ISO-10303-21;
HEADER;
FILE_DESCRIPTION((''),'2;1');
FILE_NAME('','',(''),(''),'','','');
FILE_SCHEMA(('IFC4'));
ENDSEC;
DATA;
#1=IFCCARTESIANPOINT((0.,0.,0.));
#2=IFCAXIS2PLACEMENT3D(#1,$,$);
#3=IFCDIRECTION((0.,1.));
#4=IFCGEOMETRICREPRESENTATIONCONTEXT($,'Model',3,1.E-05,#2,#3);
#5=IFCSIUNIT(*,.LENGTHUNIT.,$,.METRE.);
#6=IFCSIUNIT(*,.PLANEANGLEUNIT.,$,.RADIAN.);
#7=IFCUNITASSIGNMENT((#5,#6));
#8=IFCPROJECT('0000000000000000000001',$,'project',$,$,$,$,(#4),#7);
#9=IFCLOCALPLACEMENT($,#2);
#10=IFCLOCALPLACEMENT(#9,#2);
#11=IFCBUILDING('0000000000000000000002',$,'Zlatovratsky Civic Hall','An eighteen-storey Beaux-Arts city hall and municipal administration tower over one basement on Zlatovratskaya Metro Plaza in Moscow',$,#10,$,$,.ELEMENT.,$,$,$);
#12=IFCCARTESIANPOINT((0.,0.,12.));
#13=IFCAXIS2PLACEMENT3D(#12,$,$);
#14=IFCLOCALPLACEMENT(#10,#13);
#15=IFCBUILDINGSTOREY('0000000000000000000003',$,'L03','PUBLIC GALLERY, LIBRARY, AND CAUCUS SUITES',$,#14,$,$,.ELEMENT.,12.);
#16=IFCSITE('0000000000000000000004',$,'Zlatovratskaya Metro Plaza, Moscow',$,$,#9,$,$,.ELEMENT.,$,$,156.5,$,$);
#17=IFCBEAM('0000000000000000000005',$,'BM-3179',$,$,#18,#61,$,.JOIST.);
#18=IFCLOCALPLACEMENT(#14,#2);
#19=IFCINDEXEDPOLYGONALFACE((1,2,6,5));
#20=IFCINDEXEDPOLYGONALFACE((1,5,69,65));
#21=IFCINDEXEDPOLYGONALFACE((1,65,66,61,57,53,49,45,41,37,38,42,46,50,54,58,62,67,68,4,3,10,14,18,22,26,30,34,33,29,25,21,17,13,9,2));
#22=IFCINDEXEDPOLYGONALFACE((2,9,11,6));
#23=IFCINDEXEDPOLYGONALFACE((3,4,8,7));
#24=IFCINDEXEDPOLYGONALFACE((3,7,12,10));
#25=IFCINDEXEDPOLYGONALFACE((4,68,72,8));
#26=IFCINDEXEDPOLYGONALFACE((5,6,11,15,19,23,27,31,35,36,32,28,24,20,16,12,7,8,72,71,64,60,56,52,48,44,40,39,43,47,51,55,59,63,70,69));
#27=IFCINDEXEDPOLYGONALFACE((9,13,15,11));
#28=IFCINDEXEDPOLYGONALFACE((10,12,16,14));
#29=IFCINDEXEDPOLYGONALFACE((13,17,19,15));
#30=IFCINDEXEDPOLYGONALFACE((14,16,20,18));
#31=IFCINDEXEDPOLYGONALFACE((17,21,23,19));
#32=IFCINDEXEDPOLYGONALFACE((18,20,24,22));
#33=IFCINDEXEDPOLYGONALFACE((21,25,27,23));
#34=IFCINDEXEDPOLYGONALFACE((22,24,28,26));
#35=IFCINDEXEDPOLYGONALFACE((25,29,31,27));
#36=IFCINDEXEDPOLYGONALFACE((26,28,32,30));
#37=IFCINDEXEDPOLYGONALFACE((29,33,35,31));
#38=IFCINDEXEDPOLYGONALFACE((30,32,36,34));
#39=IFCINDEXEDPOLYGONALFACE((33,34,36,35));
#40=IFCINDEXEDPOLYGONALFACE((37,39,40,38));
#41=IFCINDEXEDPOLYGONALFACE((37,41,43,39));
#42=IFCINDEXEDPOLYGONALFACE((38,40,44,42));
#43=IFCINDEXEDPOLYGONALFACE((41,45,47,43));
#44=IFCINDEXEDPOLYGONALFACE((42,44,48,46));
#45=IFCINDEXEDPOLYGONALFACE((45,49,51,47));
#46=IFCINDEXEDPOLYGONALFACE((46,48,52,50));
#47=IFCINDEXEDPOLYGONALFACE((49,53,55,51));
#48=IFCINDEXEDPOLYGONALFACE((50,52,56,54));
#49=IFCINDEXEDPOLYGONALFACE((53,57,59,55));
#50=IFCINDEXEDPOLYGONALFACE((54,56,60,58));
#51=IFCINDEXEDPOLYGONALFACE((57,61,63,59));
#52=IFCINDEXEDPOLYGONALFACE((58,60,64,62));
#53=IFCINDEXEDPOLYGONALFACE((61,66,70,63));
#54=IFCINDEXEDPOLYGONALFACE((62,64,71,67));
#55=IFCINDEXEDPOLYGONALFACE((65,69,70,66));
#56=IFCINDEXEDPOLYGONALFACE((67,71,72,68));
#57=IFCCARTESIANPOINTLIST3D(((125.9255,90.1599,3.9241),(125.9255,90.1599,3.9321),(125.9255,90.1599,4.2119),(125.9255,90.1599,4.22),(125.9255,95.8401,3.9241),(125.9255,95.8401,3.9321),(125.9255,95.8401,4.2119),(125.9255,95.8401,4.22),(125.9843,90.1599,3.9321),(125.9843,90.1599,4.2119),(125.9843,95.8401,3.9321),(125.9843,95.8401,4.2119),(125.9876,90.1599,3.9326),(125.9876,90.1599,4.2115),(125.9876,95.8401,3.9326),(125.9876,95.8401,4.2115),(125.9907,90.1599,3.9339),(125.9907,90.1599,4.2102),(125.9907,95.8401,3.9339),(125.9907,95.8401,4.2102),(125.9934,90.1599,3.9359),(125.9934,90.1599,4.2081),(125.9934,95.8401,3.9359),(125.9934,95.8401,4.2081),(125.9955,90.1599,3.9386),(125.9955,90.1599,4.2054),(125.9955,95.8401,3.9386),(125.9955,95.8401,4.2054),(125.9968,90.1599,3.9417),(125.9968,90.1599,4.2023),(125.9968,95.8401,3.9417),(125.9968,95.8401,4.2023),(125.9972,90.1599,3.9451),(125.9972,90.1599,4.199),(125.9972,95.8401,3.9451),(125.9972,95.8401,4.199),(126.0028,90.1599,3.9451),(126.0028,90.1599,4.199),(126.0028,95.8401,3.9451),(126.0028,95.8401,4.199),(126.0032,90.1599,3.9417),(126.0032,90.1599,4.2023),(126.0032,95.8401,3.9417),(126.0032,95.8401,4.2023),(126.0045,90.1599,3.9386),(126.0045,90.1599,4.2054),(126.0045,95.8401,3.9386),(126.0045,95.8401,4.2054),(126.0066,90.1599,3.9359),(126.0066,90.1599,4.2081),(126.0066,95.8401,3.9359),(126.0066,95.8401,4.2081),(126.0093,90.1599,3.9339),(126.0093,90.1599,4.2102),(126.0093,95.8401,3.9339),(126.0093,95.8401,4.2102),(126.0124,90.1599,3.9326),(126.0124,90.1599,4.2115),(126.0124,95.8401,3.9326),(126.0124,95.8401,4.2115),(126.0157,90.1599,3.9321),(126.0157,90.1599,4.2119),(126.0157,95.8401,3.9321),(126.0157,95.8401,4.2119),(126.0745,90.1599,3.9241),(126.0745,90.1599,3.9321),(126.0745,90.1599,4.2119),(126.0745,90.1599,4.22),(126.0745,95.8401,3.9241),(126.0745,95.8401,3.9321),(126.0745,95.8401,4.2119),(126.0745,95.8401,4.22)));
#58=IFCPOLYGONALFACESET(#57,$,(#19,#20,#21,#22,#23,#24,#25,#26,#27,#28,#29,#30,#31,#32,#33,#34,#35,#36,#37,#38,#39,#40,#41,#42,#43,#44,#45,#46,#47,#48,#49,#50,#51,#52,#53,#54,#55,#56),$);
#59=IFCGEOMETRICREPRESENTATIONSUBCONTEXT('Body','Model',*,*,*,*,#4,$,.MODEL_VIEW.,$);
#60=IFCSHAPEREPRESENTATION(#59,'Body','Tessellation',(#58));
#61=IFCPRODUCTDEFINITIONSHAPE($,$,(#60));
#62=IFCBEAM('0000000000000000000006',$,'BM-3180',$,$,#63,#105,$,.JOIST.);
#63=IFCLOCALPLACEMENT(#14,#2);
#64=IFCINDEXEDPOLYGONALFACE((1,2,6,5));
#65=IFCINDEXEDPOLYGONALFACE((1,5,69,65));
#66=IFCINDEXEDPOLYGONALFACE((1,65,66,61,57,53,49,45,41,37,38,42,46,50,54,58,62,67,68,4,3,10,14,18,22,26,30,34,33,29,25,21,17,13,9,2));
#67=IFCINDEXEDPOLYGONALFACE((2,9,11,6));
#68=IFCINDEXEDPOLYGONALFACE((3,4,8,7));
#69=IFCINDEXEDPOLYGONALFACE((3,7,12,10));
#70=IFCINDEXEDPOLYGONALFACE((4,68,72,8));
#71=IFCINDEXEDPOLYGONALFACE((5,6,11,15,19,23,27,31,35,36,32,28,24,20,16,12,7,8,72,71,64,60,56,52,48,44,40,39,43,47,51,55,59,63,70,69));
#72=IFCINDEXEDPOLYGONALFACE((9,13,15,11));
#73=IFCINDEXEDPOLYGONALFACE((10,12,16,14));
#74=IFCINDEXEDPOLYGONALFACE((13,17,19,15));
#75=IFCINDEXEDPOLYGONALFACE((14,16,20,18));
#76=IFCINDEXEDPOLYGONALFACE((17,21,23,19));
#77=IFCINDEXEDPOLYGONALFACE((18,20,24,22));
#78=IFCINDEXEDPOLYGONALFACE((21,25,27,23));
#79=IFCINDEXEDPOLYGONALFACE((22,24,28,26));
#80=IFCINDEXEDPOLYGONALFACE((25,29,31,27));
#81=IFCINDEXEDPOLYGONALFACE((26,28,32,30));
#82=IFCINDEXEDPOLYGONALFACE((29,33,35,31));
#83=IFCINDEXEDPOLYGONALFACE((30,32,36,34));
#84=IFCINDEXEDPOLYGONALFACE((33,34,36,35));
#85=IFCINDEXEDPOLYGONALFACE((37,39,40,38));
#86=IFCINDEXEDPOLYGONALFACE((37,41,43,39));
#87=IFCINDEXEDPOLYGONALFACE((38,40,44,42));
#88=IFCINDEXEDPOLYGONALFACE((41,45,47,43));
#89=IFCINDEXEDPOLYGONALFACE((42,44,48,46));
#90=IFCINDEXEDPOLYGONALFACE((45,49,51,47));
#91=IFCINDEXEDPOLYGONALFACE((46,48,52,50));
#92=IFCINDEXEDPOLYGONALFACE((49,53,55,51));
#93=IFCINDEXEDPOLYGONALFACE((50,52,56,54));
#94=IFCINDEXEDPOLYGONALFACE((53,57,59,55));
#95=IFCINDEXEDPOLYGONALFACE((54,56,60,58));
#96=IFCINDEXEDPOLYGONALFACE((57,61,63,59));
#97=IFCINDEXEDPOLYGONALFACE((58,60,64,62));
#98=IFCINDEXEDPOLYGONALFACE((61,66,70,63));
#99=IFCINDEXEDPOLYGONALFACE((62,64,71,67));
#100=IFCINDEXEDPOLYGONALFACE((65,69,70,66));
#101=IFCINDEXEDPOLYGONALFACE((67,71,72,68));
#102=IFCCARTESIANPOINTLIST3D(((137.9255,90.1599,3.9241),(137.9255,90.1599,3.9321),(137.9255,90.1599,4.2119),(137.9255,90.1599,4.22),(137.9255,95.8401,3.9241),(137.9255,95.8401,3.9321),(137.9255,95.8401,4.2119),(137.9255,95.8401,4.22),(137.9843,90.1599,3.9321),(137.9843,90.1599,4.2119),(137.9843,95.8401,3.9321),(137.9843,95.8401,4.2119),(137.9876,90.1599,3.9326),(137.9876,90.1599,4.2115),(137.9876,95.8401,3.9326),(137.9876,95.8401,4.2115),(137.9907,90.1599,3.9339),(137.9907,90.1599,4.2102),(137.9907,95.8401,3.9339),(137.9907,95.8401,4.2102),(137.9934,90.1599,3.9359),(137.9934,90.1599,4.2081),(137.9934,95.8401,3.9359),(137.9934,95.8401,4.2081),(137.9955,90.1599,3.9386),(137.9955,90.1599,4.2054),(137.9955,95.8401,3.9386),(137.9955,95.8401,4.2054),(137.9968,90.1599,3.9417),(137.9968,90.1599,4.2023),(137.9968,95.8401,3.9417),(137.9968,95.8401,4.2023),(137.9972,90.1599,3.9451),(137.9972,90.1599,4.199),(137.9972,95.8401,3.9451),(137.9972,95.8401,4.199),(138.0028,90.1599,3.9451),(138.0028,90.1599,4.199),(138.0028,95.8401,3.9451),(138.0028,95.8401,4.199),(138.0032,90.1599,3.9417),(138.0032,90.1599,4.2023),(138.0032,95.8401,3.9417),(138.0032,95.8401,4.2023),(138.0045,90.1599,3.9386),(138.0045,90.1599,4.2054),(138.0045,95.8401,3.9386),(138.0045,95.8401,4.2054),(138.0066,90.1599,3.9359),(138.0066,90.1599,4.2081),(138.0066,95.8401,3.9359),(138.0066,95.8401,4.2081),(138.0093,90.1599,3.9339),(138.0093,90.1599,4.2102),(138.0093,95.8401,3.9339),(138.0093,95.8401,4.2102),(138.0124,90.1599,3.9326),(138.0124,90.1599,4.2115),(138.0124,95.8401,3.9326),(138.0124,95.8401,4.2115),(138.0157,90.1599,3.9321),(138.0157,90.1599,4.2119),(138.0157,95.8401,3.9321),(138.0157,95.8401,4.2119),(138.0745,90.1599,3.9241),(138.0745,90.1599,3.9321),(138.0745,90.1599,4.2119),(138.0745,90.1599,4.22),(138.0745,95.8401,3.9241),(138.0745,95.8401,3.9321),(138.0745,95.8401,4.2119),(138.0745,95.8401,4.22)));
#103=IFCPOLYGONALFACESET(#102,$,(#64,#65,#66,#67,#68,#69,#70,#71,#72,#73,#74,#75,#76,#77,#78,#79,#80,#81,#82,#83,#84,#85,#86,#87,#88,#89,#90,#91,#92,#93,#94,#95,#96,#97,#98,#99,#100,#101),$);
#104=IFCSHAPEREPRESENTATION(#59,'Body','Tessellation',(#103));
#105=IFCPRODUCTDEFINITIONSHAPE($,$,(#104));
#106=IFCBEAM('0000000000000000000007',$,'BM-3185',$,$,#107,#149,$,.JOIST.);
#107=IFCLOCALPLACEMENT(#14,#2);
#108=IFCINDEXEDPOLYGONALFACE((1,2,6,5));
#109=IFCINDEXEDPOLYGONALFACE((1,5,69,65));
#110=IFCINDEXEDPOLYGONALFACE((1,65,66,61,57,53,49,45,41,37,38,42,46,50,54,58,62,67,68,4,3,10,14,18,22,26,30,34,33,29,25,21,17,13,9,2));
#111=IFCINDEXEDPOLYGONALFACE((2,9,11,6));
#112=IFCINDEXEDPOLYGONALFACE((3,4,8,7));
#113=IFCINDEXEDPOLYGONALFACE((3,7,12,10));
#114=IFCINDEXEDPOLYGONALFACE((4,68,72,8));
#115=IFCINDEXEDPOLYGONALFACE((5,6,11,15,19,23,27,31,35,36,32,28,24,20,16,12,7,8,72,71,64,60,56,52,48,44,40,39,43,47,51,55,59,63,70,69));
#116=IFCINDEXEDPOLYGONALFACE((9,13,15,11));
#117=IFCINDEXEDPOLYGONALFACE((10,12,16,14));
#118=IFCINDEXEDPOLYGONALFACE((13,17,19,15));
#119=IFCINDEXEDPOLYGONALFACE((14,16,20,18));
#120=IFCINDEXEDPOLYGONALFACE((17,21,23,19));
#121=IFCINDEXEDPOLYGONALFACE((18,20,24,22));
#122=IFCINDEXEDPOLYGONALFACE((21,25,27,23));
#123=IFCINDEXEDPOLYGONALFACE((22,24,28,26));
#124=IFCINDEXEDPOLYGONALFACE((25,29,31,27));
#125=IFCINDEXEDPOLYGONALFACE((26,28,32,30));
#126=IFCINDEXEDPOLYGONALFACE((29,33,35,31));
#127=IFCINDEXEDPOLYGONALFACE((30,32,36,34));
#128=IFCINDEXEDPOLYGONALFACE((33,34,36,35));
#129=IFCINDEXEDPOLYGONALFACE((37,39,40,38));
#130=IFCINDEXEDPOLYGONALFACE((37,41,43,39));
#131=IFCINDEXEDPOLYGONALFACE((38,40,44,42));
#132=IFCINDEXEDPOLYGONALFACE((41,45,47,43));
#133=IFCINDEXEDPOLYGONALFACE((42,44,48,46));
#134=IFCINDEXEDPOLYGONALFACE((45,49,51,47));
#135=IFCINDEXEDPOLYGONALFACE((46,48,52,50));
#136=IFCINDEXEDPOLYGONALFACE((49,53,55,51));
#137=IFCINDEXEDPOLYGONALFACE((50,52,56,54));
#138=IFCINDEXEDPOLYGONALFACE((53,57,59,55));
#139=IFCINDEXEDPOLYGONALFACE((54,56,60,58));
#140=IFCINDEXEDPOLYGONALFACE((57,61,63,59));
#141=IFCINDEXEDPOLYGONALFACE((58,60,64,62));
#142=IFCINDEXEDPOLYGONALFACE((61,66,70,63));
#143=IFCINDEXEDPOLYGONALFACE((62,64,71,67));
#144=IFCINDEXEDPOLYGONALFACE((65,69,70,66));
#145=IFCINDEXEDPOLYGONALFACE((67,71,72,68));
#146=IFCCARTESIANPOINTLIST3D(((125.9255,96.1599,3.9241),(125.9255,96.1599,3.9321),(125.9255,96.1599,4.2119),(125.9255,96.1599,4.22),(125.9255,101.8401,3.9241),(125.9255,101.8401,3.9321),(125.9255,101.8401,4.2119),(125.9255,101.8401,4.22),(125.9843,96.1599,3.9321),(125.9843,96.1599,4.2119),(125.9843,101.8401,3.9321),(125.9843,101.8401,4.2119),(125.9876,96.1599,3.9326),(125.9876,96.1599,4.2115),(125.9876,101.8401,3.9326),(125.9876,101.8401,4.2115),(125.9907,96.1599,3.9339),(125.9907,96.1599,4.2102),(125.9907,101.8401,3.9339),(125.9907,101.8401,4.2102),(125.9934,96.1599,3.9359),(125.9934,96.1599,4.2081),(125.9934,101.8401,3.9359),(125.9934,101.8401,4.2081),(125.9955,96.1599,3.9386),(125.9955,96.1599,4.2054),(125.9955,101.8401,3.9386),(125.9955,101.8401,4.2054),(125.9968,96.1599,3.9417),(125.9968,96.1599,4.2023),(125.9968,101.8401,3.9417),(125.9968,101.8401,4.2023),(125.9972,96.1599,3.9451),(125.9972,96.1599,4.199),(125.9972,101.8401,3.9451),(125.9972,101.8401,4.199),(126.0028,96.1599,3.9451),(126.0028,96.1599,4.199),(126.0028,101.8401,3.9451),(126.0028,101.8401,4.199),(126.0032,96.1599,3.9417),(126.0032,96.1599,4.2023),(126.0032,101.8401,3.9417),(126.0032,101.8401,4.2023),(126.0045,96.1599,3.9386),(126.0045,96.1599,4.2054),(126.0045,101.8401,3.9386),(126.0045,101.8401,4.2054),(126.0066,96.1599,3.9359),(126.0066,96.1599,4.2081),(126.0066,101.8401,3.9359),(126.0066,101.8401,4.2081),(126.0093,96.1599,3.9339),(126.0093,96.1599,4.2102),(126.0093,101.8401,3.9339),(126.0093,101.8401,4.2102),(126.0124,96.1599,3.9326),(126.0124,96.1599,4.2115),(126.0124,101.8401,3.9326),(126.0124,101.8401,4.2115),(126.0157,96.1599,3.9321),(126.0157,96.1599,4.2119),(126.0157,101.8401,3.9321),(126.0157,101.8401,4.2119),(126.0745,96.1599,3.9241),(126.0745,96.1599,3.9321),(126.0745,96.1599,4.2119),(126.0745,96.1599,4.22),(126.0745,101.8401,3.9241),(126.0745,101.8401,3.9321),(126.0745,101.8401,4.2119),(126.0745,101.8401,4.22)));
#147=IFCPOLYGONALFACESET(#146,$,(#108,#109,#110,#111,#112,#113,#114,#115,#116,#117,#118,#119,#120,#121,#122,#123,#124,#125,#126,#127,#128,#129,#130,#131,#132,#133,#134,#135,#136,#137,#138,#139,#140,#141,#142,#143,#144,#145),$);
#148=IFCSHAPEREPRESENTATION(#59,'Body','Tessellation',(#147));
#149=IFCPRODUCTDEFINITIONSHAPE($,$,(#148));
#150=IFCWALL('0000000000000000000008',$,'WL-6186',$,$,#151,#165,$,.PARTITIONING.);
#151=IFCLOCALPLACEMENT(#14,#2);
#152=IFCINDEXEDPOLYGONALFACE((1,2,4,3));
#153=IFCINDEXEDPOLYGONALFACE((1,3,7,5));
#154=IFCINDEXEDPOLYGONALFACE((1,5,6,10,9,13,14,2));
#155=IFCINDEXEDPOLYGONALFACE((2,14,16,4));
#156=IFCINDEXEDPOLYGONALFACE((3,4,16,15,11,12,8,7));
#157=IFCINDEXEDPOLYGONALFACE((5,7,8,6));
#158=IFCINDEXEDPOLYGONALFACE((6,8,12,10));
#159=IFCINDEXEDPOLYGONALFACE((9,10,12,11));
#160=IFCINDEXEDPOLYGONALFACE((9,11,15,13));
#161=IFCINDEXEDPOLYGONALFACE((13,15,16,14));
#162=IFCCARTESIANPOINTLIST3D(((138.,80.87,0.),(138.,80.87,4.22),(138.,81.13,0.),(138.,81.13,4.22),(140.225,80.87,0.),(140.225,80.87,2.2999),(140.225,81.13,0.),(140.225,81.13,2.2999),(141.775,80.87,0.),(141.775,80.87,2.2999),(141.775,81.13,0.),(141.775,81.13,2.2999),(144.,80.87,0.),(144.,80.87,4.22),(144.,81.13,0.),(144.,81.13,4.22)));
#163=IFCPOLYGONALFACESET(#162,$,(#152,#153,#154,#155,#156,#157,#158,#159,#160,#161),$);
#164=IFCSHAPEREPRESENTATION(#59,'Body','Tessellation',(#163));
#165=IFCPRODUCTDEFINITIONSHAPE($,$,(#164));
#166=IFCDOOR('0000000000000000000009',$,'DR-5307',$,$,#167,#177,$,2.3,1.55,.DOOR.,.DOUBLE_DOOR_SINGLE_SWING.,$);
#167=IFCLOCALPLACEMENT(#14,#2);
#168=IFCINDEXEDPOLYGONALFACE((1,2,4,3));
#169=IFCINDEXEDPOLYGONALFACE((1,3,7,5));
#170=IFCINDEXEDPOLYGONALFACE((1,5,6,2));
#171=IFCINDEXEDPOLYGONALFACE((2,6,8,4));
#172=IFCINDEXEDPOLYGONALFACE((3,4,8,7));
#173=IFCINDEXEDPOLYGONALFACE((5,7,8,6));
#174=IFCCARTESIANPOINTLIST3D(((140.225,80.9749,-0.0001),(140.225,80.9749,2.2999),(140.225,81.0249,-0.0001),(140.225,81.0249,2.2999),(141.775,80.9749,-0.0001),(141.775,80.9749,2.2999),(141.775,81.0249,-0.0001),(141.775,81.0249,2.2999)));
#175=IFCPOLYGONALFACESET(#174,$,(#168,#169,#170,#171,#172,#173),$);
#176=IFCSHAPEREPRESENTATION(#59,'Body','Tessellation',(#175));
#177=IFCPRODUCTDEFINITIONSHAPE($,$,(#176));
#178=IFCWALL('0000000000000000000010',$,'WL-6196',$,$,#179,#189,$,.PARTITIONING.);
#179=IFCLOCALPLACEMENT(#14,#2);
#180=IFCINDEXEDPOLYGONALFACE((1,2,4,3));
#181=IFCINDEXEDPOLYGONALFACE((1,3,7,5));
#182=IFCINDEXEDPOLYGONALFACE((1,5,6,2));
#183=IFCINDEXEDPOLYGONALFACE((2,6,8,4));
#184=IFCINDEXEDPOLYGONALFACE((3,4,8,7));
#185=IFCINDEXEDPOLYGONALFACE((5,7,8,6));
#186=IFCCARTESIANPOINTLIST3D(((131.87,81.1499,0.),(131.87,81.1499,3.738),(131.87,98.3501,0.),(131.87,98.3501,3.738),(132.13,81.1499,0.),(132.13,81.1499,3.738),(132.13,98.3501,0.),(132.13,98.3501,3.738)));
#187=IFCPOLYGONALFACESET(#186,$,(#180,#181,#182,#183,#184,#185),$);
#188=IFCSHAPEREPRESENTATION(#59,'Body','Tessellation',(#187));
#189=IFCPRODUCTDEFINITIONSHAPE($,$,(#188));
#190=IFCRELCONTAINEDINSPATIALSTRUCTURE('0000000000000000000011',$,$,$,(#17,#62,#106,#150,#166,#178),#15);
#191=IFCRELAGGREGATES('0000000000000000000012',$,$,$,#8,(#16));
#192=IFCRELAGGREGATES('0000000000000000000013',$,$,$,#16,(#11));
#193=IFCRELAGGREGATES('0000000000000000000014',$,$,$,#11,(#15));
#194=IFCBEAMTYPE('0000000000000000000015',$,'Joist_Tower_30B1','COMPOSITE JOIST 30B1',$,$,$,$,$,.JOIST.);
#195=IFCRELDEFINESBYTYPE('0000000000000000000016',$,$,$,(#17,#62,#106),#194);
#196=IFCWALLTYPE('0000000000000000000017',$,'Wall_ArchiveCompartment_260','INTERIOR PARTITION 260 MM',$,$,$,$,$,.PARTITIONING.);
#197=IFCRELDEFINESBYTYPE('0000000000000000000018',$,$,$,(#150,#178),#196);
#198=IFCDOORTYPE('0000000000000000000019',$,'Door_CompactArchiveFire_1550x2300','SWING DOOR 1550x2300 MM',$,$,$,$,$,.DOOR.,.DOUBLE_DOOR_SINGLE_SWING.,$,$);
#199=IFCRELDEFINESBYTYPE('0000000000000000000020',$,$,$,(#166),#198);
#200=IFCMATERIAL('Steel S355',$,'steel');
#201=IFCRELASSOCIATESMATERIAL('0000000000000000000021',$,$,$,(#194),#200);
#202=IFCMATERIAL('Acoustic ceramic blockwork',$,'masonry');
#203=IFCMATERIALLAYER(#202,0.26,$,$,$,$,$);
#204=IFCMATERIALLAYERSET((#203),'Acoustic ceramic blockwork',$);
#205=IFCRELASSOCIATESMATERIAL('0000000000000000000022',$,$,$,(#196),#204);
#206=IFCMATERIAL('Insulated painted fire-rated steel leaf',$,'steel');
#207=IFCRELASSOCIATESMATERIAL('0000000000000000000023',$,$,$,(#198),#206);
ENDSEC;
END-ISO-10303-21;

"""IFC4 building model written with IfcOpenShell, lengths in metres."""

from ifc_helpers import new_model, si_unit, direction, frame, frame_2d, origin, origin_2d, place, context, subcontext, project, spatial, rectangle, i_section, extrude, material, layer, layer_set, material_profile, profile_set, type_object, element, fill, save


model = new_model("IFC4")

# Units and contexts
model_context = context("Model", 3, precision=1e-05, world=origin(), true_north=direction((0.0, 1.0)))
body_context = subcontext(model_context, "Body", "Model", "MODEL_VIEW")
ifc_project = project(units=[si_unit("LENGTHUNIT", "METRE"), si_unit("PLANEANGLEUNIT", "RADIAN")], contexts=[model_context])

# Site, building, storey
site_placement = place(None, origin())
site = spatial("IfcSite", under=ifc_project, at=site_placement, Name="Zlatovratskaya Metro Plaza, Moscow", CompositionType="ELEMENT", RefElevation=156.5)
building_placement = place(site_placement, origin())
building = spatial("IfcBuilding", under=site, at=building_placement, Name="Zlatovratsky Civic Hall", Description="An eighteen-storey Beaux-Arts city hall and municipal administration tower over one basement on Zlatovratskaya Metro Plaza in Moscow", CompositionType="ELEMENT")
storey_placement = place(building_placement, frame((0.0, 0.0, 12.0)))
storey = spatial("IfcBuildingStorey", under=building, at=storey_placement, Name="L03", Description="PUBLIC GALLERY, LIBRARY, AND CAUCUS SUITES", CompositionType="ELEMENT", Elevation=12.0)

# Shared definitions
ifc_material_1 = material(Name="Steel S355", Category="steel")

# Beams
ifc_material_profile_1 = material_profile(ifc_material_1, i_section(OverallWidth=0.1489, OverallDepth=0.2959, WebThickness=0.0056, FlangeThickness=0.0081, FilletRadius=0.0129, at=origin_2d()), Name="30B1")
ifc_profile_set_1 = profile_set([ifc_material_profile_1], Name="Steel S355")
beam_type_1 = type_object("IfcBeamType", Name="Joist_Tower_30B1", Description="COMPOSITE JOIST 30B1", PredefinedType="JOIST", material=ifc_profile_set_1)
for number, where, z_axis, x_axis, name in (
    (1, (126.0, 90.1599, 4.072), (0.0, 1.0, 0.0), (-1.0, 0.0, 0.0), "BM-3179"),
    (2, (138.0, 90.1599, 4.072), (0.0, 1.0, 0.0), (-1.0, 0.0, 0.0), "BM-3180"),
    (3, (126.0, 96.1599, 4.072), (0.0, 1.0, 0.0), (-1.0, 0.0, 0.0), "BM-3185"),
):
    element("IfcBeam", number, at=place(storey_placement, frame(where, z_axis=z_axis, x_axis=x_axis)), inside=storey, type_object=beam_type_1, Name=name, PredefinedType="JOIST", context=body_context, shape_type="SweptSolid", body=[
        extrude(i_section(OverallWidth=0.1489, OverallDepth=0.2959, WebThickness=0.0056, FlangeThickness=0.0081, FilletRadius=0.0129, at=origin_2d()), origin(), (0.0, 0.0, 1.0), 5.6802),
    ])

# Wall, opening, door
ifc_material_2 = material(Name="Acoustic ceramic blockwork", Category="masonry")
ifc_layer = layer(ifc_material_2, 0.26)
ifc_layer_set = layer_set([ifc_layer], Name="Acoustic ceramic blockwork")
wall_type = type_object("IfcWallType", Name="Wall_ArchiveCompartment_260", Description="INTERIOR PARTITION 260 MM", PredefinedType="PARTITIONING", material=ifc_layer_set)
wall_1_placement = place(storey_placement, frame((138.0, 81.0, 0.0), z_axis=(0.0, 0.0, 1.0), x_axis=(1.0, 0.0, 0.0)))
wall_1 = element("IfcWall", 4, at=wall_1_placement, inside=storey, type_object=wall_type, Name="WL-6186", PredefinedType="PARTITIONING", context=body_context, shape_type="SweptSolid", body=[
    extrude(rectangle(XDim=6.0, YDim=0.26, at=frame_2d((3.0, 0.0))), origin(), (0.0, 0.0, 1.0), 4.22),
])
opening_placement = place(wall_1_placement, frame((2.2251, 0.0, 0.0)))
opening = element("IfcOpeningElement", 5, at=opening_placement, cuts=wall_1, PredefinedType="OPENING", context=body_context, shape_type="SweptSolid", body=[
    extrude(rectangle(XDim=1.55, YDim=2.3, at=frame_2d((0.7749, 1.1499))), frame((0.0, 0.145, 0.0), z_axis=(0.0, -1.0, 0.0), x_axis=(1.0, 0.0, 0.0)), (0.0, 0.0, 1.0), 0.2898),
])
ifc_material_3 = material(Name="Insulated painted fire-rated steel leaf", Category="steel")
door_type = type_object("IfcDoorType", Name="Door_CompactArchiveFire_1550x2300", Description="SWING DOOR 1550x2300 MM", OperationType="DOUBLE_DOOR_SINGLE_SWING", PredefinedType="DOOR", material=ifc_material_3)
door_placement = place(opening_placement, origin())
door = element("IfcDoor", 6, at=door_placement, inside=storey, type_object=door_type, Name="DR-5307", OperationType="DOUBLE_DOOR_SINGLE_SWING", OverallHeight=2.3, OverallWidth=1.55, PredefinedType="DOOR", context=body_context, shape_type="SweptSolid", body=[
    extrude(rectangle(XDim=1.55, YDim=2.3, at=frame_2d((0.7749, 1.1499))), frame((0.0, 0.0249, 0.0), z_axis=(0.0, -1.0, 0.0), x_axis=(1.0, 0.0, 0.0)), (0.0, 0.0, 1.0), 0.05),
])
fill(opening, door)

# Wall
wall_2_placement = place(storey_placement, frame((132.0, 81.1499, 0.0), z_axis=(0.0, 0.0, 1.0), x_axis=(0.0, 1.0, 0.0)))
element("IfcWall", 7, at=wall_2_placement, inside=storey, type_object=wall_type, Name="WL-6196", PredefinedType="PARTITIONING", context=body_context, shape_type="SweptSolid", body=[
    extrude(rectangle(XDim=17.2002, YDim=0.26, at=frame_2d((8.6001, 0.0))), origin(), (0.0, 0.0, 1.0), 3.738),
])

save(model, "model.ifc")
